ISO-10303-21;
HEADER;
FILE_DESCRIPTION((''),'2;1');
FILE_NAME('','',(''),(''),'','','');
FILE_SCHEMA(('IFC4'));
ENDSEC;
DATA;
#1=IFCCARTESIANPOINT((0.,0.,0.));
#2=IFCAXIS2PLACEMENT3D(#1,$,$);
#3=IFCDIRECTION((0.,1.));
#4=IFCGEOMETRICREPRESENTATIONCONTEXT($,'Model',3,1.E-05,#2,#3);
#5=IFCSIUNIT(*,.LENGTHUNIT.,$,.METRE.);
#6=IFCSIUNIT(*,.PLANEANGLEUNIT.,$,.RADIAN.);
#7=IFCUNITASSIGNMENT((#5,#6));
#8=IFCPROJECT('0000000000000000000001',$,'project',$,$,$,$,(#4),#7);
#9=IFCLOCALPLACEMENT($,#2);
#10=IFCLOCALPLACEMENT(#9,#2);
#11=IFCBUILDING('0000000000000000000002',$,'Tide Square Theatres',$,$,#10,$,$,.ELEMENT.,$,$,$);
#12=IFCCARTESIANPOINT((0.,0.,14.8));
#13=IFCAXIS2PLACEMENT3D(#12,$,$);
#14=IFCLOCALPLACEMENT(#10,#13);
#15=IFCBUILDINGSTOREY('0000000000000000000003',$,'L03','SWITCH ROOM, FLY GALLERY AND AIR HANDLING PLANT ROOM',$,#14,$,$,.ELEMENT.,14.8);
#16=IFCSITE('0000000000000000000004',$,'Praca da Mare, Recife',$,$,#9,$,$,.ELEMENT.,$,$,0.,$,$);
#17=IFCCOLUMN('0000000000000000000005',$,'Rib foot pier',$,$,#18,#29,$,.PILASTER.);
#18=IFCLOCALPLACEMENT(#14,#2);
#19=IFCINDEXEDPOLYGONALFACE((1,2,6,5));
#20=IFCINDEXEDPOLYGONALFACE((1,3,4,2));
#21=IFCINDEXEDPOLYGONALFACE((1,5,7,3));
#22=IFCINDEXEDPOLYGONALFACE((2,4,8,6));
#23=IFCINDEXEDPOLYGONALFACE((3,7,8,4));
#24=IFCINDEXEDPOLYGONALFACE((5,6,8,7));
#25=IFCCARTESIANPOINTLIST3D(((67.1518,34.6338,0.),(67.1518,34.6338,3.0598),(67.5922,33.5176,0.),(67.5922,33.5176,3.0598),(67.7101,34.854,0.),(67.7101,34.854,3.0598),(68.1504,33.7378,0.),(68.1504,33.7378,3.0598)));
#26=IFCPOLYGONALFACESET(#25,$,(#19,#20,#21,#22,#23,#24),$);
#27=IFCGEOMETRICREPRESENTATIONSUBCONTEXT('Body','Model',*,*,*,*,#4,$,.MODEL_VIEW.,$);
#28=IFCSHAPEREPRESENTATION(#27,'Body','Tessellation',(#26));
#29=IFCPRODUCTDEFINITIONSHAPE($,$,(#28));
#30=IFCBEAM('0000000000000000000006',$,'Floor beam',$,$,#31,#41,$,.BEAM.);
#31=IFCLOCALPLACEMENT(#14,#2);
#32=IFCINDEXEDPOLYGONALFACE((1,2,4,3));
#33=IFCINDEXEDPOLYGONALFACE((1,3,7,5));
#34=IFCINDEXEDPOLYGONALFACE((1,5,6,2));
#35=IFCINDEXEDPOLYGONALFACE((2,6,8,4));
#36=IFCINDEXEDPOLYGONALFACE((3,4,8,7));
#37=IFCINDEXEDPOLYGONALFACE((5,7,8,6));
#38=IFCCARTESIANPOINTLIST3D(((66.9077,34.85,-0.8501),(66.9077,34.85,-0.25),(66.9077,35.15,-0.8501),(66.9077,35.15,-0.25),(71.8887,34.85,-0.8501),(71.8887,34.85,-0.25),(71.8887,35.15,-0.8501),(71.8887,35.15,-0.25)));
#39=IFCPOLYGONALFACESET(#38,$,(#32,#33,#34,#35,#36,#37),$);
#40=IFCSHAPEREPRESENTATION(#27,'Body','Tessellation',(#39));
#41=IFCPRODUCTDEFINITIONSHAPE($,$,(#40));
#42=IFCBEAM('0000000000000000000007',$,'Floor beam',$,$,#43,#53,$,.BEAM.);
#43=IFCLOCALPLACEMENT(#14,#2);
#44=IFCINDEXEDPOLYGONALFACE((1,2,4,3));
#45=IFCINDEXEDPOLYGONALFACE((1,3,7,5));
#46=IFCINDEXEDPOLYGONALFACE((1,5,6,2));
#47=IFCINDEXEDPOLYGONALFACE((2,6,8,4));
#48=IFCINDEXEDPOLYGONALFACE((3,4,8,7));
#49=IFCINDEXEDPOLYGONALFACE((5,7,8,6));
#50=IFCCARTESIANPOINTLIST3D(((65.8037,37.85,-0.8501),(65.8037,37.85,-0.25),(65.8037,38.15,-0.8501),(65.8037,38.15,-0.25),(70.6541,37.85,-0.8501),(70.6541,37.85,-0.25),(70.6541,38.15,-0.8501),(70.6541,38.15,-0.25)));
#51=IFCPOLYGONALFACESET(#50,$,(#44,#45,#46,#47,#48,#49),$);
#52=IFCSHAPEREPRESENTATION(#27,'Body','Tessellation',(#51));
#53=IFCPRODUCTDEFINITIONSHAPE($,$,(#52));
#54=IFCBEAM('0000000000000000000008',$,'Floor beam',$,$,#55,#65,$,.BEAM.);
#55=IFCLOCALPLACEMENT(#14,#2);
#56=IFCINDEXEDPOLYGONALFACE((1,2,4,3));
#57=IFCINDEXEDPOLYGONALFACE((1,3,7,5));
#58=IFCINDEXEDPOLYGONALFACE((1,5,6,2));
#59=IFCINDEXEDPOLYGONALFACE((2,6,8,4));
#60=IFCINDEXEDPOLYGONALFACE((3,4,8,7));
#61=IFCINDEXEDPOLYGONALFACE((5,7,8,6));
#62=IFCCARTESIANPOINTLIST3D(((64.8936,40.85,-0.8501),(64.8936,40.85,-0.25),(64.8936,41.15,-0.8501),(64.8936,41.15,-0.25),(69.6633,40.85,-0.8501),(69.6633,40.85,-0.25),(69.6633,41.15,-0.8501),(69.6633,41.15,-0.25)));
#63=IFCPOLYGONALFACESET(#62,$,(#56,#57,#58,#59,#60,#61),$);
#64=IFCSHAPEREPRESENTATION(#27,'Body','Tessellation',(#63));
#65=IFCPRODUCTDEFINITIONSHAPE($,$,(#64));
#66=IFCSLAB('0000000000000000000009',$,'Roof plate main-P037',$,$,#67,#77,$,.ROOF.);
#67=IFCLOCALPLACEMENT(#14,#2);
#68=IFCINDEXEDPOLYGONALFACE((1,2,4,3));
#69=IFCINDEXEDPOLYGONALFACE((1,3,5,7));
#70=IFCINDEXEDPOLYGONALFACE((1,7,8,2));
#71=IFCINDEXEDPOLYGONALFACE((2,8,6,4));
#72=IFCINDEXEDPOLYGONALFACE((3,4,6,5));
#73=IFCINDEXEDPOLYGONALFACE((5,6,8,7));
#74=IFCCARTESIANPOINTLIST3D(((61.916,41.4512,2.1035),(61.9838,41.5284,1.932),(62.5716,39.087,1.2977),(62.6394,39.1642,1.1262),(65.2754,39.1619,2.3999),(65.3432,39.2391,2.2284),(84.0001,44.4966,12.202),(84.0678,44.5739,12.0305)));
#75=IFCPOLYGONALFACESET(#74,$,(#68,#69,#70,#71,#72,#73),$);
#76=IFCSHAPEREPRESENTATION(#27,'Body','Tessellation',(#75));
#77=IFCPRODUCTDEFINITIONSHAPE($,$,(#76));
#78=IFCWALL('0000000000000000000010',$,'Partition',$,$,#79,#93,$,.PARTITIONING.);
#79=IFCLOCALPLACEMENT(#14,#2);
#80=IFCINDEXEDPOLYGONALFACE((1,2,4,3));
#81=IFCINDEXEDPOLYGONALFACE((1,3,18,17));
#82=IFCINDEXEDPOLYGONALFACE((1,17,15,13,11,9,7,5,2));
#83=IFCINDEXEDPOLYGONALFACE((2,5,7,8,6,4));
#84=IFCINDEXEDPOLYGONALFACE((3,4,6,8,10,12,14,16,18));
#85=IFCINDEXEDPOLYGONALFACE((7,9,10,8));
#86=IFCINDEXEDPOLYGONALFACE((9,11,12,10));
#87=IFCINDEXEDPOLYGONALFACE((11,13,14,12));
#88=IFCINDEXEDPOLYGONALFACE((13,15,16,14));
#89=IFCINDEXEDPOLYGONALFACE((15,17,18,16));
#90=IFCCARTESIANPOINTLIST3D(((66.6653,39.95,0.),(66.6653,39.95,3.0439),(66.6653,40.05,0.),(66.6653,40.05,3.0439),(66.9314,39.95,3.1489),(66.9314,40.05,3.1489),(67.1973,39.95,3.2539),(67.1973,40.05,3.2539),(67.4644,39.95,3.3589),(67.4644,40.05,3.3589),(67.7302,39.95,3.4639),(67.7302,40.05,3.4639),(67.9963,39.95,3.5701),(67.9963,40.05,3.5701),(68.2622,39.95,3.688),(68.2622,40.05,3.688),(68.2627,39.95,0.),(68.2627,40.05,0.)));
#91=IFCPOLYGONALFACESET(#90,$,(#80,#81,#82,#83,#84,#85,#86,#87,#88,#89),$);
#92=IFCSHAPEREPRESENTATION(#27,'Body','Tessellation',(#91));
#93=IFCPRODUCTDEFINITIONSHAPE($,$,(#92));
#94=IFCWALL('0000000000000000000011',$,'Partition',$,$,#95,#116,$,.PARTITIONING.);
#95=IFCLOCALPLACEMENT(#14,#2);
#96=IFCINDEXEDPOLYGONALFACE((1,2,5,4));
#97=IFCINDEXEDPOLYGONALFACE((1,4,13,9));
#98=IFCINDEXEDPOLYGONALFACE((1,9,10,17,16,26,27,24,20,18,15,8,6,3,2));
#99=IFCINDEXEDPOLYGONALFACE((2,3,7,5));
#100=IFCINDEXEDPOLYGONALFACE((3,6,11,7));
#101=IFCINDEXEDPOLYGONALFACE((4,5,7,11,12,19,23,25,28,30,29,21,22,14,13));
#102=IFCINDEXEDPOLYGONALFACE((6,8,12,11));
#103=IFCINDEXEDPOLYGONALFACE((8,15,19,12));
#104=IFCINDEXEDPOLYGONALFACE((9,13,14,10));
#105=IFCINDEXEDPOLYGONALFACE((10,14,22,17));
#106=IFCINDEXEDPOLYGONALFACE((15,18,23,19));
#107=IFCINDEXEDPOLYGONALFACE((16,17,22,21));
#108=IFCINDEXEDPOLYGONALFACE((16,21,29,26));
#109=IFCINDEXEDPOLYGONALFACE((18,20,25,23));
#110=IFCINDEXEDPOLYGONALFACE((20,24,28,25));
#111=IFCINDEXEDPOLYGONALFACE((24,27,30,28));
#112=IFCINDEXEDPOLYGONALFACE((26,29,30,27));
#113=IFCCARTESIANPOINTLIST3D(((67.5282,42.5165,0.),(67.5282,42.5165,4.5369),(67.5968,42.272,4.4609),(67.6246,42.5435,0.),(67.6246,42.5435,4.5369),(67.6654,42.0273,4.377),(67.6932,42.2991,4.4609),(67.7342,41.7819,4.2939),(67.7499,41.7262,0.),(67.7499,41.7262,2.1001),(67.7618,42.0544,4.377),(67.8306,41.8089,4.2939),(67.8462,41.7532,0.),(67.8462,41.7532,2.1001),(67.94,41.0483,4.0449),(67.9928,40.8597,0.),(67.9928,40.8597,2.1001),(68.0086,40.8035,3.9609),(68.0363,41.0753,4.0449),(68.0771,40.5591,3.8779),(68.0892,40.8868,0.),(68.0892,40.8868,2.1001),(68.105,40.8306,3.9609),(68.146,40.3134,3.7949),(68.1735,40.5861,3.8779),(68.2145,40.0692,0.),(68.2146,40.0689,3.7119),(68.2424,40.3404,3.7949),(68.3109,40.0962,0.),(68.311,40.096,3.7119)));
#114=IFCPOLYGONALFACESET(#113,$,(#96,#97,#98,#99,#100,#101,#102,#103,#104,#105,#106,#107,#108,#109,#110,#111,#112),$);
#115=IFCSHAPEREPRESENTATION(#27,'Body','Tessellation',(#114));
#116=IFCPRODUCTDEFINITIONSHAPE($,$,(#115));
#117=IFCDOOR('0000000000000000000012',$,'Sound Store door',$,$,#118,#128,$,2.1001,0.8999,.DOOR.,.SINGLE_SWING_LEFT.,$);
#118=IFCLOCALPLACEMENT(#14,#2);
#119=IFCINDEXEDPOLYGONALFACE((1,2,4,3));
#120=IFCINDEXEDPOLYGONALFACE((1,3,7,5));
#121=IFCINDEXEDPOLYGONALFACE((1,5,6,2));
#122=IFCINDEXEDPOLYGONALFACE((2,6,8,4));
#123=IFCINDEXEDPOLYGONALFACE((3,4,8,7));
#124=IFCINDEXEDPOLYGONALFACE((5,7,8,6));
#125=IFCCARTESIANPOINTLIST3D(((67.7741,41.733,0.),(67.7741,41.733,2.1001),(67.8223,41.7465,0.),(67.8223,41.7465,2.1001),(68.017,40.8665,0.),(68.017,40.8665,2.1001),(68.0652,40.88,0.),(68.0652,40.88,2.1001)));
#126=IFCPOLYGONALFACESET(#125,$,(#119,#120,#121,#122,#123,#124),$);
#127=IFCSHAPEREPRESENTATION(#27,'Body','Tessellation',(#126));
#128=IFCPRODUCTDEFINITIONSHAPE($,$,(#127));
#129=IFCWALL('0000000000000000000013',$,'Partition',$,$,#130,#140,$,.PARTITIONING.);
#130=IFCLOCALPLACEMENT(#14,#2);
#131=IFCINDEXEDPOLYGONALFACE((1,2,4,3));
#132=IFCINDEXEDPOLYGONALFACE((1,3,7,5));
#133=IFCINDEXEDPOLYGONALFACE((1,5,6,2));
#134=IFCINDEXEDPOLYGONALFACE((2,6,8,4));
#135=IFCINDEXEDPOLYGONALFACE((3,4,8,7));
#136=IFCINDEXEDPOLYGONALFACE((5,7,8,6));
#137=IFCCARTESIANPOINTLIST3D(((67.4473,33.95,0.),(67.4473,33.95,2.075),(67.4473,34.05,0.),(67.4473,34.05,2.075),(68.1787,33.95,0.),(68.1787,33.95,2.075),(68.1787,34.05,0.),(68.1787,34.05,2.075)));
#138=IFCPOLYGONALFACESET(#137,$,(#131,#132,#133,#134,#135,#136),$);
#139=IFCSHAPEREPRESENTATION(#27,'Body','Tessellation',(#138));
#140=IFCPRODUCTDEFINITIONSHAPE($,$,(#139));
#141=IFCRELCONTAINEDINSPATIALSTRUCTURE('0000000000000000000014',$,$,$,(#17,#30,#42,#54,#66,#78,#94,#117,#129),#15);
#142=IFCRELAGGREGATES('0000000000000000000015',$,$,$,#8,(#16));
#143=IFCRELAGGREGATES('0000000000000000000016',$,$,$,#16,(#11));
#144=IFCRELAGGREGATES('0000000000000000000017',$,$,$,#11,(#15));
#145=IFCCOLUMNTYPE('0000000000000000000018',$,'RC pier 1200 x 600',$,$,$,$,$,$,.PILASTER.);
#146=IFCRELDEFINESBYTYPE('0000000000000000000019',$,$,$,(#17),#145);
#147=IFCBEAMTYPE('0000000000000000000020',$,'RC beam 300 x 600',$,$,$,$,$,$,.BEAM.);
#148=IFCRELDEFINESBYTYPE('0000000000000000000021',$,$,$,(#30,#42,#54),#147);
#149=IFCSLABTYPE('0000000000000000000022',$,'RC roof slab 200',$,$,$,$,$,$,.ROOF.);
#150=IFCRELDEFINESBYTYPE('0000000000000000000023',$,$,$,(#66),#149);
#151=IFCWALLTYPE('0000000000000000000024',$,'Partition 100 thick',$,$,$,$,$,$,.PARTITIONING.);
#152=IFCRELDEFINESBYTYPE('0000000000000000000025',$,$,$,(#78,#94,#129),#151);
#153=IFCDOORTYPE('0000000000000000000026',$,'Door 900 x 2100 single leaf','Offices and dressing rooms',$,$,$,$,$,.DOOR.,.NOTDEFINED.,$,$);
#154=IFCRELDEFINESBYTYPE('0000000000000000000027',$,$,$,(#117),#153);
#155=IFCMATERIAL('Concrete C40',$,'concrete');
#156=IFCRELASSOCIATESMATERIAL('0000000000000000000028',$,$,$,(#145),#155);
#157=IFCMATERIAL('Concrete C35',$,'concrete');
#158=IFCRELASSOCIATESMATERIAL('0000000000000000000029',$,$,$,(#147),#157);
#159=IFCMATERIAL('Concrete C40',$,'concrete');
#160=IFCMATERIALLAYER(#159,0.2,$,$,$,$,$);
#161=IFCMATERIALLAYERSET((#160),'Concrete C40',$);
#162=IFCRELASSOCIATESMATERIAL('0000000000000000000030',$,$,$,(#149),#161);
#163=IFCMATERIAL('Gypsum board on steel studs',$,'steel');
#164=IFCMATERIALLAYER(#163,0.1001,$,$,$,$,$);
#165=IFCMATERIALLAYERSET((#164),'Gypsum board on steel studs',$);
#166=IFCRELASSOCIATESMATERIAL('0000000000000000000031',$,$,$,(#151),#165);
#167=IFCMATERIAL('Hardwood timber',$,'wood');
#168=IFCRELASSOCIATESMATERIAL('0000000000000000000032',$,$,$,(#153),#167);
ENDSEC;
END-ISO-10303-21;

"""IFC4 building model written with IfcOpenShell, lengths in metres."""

from ifc_helpers import new_model, si_unit, direction, frame, frame_2d, origin, origin_2d, place, context, subcontext, project, spatial, polyline, rectangle, outline, extrude, material, layer, layer_set, material_profile, profile_set, type_object, element, fill, save


model = new_model("IFC4")

# Units and contexts
model_context = context("Model", 3, precision=1e-05, world=origin(), true_north=direction((0.0, 1.0)))
body_context = subcontext(model_context, "Body", "Model", "MODEL_VIEW")
ifc_project = project(units=[si_unit("LENGTHUNIT", "METRE"), si_unit("PLANEANGLEUNIT", "RADIAN")], contexts=[model_context])

# Site, building, storey
site_placement = place(None, origin())
site = spatial("IfcSite", under=ifc_project, at=site_placement, Name="Praca da Mare, Recife", CompositionType="ELEMENT", RefElevation=0.0)
building_placement = place(site_placement, origin())
building = spatial("IfcBuilding", under=site, at=building_placement, Name="Tide Square Theatres", CompositionType="ELEMENT")
storey_placement = place(building_placement, frame((0.0, 0.0, 14.8)))
storey = spatial("IfcBuildingStorey", under=building, at=storey_placement, Name="L03", Description="SWITCH ROOM, FLY GALLERY AND AIR HANDLING PLANT ROOM", CompositionType="ELEMENT", Elevation=14.8)

# Column
ifc_material_1 = material(Name="Concrete C40", Category="concrete")
ifc_material_profile_1 = material_profile(ifc_material_1, rectangle(XDim=1.2, YDim=0.6001, at=origin_2d()))
ifc_profile_set_1 = profile_set([ifc_material_profile_1], Name="Concrete C40")
column_type = type_object("IfcColumnType", Name="RC pier 1200 x 600", PredefinedType="PILASTER", material=ifc_profile_set_1)
column_placement = place(storey_placement, frame((67.6511, 34.1858, 0.0), z_axis=(0.0, 0.0, 1.0), x_axis=(0.366956, -0.930238, 0.0)))
element("IfcColumn", 1, at=column_placement, inside=storey, type_object=column_type, Name="Rib foot pier", PredefinedType="PILASTER", context=body_context, shape_type="SweptSolid", body=[
    extrude(rectangle(XDim=1.2, YDim=0.6001, at=origin_2d()), origin(), (0.0, 0.0, 1.0), 3.0598),
])

# Beams
ifc_material_2 = material(Name="Concrete C35", Category="concrete")
ifc_material_profile_2 = material_profile(ifc_material_2, rectangle(XDim=0.3, YDim=0.6001, at=origin_2d()))
ifc_profile_set_2 = profile_set([ifc_material_profile_2], Name="Concrete C35")
beam_type = type_object("IfcBeamType", Name="RC beam 300 x 600", PredefinedType="BEAM", material=ifc_profile_set_2)
beam_1_placement = place(storey_placement, frame((66.9077, 35.0, -0.55), z_axis=(1.0, 0.0, 0.0), x_axis=(0.0, 1.0, 0.0)))
element("IfcBeam", 2, at=beam_1_placement, inside=storey, type_object=beam_type, Name="Floor beam", PredefinedType="BEAM", context=body_context, shape_type="SweptSolid", body=[
    extrude(rectangle(XDim=0.3, YDim=0.6001, at=origin_2d()), origin(), (0.0, 0.0, 1.0), 4.981),
])
beam_2_placement = place(storey_placement, frame((65.8037, 38.0, -0.55), z_axis=(1.0, 0.0, 0.0), x_axis=(0.0, 1.0, 0.0)))
element("IfcBeam", 3, at=beam_2_placement, inside=storey, type_object=beam_type, Name="Floor beam", PredefinedType="BEAM", context=body_context, shape_type="SweptSolid", body=[
    extrude(rectangle(XDim=0.3, YDim=0.6001, at=origin_2d()), origin(), (0.0, 0.0, 1.0), 4.8503),
])
beam_3_placement = place(storey_placement, frame((64.8936, 41.0, -0.55), z_axis=(1.0, 0.0, 0.0), x_axis=(0.0, 1.0, 0.0)))
element("IfcBeam", 4, at=beam_3_placement, inside=storey, type_object=beam_type, Name="Floor beam", PredefinedType="BEAM", context=body_context, shape_type="SweptSolid", body=[
    extrude(rectangle(XDim=0.3, YDim=0.6001, at=origin_2d()), origin(), (0.0, 0.0, 1.0), 4.7698),
])

# Slab
ifc_material_3 = material(Name="Concrete C40", Category="concrete")
ifc_layer_1 = layer(ifc_material_3, 0.2)
ifc_layer_set_1 = layer_set([ifc_layer_1], Name="Concrete C40")
slab_type = type_object("IfcSlabType", Name="RC roof slab 200", PredefinedType="ROOF", material=ifc_layer_set_1)
slab_placement = place(storey_placement, frame((65.2754, 39.1619, 2.3999), z_axis=(-0.338972, -0.386359, 0.857802), x_axis=(0.859007, 0.244737, 0.449679)))
element("IfcSlab", 5, at=slab_placement, inside=storey, type_object=slab_type, Name="Roof plate main-P037", PredefinedType="ROOF", context=body_context, shape_type="SweptSolid", body=[
    extrude(outline(polyline([(0.0, 0.0), (21.798, 0.0), (-2.4587, 3.251), (-2.8365, 0.6964), (0.0, 0.0)])), origin(), (0.0, 0.0, -1.0), 0.2),
])

# Wall
ifc_material_4 = material(Name="Gypsum board on steel studs", Category="steel")
ifc_layer_2 = layer(ifc_material_4, 0.1001)
ifc_layer_set_2 = layer_set([ifc_layer_2], Name="Gypsum board on steel studs")
wall_type_1 = type_object("IfcWallType", Name="Partition 100 thick", PredefinedType="PARTITIONING", material=ifc_layer_set_2)
wall_1_placement = place(storey_placement, frame((66.6653, 40.0, 0.0), z_axis=(0.0, 0.0, 1.0), x_axis=(1.0, 0.0, 0.0)))
element("IfcWall", 6, at=wall_1_placement, inside=storey, type_object=wall_type_1, Name="Partition", PredefinedType="PARTITIONING", context=body_context, shape_type="SweptSolid", body=[
    extrude(outline(polyline([(0.0, 0.0), (1.5974, 0.0), (1.5969, 3.688), (1.3311, 3.5701), (1.0649, 3.4639), (0.7991, 3.3589), (0.532, 3.2539), (0.2661, 3.1489), (0.0, 3.0439), (0.0, 0.0)])), frame((0.0, 0.05, 0.0), z_axis=(0.0, -1.0, 0.0), x_axis=(1.0, 0.0, 0.0)), (0.0, 0.0, 1.0), 0.1001),
])

# Wall, opening, door
wall_2_placement = place(storey_placement, frame((67.5764, 42.53, 0.0), z_axis=(0.0, 0.0, 1.0), x_axis=(0.270011, -0.962857, 0.0)))
wall_2 = element("IfcWall", 7, at=wall_2_placement, inside=storey, type_object=wall_type_1, Name="Partition", PredefinedType="PARTITIONING", context=body_context, shape_type="SweptSolid", body=[
    extrude(outline(polyline([(0.0, 0.0), (2.5417, 0.0), (2.542, 3.7119), (2.2881, 3.7949), (2.033, 3.8779), (1.7791, 3.9609), (1.5249, 4.0449), (1.271, 4.1279), (1.0171, 4.2109), (0.7629, 4.2939), (0.5081, 4.377), (0.2539, 4.4609), (0.0, 4.5369), (0.0, 0.0)])), frame((0.0, 0.05, 0.0), z_axis=(0.0, -1.0, 0.0), x_axis=(1.0, 0.0, 0.0)), (0.0, 0.0, 1.0), 0.1001),
])
opening_1_placement = place(wall_2_placement, frame((0.8208, 0.0, 0.0)))
opening_1 = element("IfcOpeningElement", 8, at=opening_1_placement, cuts=wall_2, PredefinedType="OPENING", context=body_context, shape_type="SweptSolid", body=[
    extrude(rectangle(XDim=0.8999, YDim=2.1001, at=frame_2d((0.45, 1.05))), frame((0.0, 0.0601, 0.0), z_axis=(0.0, -1.0, 0.0), x_axis=(1.0, 0.0, 0.0)), (0.0, 0.0, 1.0), 0.1201),
])
ifc_material_5 = material(Name="Hardwood timber", Category="wood")
door_type_1 = type_object("IfcDoorType", Name="Door 900 x 2100 single leaf", Description="Offices and dressing rooms", OperationType="NOTDEFINED", PredefinedType="DOOR", material=ifc_material_5)
door_1_placement = place(opening_1_placement, frame((0.8999, 0.0, 0.0), z_axis=(0.0, 0.0, 1.0), x_axis=(-1.0, 0.0, 0.0)))
door_1 = element("IfcDoor", 9, at=door_1_placement, inside=storey, type_object=door_type_1, Name="Sound Store door", OperationType="SINGLE_SWING_LEFT", OverallHeight=2.1001, OverallWidth=0.8999, PredefinedType="DOOR", context=body_context, shape_type="SweptSolid", body=[
    extrude(rectangle(XDim=0.8999, YDim=2.1001, at=frame_2d((0.45, 1.05))), frame((0.0, 0.0249, 0.0), z_axis=(0.0, -1.0, 0.0), x_axis=(1.0, 0.0, 0.0)), (0.0, 0.0, 1.0), 0.05),
])
fill(opening_1, door_1)

# Wall
wall_3_placement = place(storey_placement, frame((68.1787, 34.0, 0.0), z_axis=(0.0, 0.0, 1.0), x_axis=(-1.0, 0.0, 0.0)))
element("IfcWall", 10, at=wall_3_placement, inside=storey, type_object=wall_type_1, Name="Partition", PredefinedType="PARTITIONING", context=body_context, shape_type="SweptSolid", body=[
    extrude(rectangle(XDim=0.7314, YDim=0.1001, at=frame_2d((0.3657, 0.0))), origin(), (0.0, 0.0, 1.0), 2.075),
])

save(model, "model.ifc")
